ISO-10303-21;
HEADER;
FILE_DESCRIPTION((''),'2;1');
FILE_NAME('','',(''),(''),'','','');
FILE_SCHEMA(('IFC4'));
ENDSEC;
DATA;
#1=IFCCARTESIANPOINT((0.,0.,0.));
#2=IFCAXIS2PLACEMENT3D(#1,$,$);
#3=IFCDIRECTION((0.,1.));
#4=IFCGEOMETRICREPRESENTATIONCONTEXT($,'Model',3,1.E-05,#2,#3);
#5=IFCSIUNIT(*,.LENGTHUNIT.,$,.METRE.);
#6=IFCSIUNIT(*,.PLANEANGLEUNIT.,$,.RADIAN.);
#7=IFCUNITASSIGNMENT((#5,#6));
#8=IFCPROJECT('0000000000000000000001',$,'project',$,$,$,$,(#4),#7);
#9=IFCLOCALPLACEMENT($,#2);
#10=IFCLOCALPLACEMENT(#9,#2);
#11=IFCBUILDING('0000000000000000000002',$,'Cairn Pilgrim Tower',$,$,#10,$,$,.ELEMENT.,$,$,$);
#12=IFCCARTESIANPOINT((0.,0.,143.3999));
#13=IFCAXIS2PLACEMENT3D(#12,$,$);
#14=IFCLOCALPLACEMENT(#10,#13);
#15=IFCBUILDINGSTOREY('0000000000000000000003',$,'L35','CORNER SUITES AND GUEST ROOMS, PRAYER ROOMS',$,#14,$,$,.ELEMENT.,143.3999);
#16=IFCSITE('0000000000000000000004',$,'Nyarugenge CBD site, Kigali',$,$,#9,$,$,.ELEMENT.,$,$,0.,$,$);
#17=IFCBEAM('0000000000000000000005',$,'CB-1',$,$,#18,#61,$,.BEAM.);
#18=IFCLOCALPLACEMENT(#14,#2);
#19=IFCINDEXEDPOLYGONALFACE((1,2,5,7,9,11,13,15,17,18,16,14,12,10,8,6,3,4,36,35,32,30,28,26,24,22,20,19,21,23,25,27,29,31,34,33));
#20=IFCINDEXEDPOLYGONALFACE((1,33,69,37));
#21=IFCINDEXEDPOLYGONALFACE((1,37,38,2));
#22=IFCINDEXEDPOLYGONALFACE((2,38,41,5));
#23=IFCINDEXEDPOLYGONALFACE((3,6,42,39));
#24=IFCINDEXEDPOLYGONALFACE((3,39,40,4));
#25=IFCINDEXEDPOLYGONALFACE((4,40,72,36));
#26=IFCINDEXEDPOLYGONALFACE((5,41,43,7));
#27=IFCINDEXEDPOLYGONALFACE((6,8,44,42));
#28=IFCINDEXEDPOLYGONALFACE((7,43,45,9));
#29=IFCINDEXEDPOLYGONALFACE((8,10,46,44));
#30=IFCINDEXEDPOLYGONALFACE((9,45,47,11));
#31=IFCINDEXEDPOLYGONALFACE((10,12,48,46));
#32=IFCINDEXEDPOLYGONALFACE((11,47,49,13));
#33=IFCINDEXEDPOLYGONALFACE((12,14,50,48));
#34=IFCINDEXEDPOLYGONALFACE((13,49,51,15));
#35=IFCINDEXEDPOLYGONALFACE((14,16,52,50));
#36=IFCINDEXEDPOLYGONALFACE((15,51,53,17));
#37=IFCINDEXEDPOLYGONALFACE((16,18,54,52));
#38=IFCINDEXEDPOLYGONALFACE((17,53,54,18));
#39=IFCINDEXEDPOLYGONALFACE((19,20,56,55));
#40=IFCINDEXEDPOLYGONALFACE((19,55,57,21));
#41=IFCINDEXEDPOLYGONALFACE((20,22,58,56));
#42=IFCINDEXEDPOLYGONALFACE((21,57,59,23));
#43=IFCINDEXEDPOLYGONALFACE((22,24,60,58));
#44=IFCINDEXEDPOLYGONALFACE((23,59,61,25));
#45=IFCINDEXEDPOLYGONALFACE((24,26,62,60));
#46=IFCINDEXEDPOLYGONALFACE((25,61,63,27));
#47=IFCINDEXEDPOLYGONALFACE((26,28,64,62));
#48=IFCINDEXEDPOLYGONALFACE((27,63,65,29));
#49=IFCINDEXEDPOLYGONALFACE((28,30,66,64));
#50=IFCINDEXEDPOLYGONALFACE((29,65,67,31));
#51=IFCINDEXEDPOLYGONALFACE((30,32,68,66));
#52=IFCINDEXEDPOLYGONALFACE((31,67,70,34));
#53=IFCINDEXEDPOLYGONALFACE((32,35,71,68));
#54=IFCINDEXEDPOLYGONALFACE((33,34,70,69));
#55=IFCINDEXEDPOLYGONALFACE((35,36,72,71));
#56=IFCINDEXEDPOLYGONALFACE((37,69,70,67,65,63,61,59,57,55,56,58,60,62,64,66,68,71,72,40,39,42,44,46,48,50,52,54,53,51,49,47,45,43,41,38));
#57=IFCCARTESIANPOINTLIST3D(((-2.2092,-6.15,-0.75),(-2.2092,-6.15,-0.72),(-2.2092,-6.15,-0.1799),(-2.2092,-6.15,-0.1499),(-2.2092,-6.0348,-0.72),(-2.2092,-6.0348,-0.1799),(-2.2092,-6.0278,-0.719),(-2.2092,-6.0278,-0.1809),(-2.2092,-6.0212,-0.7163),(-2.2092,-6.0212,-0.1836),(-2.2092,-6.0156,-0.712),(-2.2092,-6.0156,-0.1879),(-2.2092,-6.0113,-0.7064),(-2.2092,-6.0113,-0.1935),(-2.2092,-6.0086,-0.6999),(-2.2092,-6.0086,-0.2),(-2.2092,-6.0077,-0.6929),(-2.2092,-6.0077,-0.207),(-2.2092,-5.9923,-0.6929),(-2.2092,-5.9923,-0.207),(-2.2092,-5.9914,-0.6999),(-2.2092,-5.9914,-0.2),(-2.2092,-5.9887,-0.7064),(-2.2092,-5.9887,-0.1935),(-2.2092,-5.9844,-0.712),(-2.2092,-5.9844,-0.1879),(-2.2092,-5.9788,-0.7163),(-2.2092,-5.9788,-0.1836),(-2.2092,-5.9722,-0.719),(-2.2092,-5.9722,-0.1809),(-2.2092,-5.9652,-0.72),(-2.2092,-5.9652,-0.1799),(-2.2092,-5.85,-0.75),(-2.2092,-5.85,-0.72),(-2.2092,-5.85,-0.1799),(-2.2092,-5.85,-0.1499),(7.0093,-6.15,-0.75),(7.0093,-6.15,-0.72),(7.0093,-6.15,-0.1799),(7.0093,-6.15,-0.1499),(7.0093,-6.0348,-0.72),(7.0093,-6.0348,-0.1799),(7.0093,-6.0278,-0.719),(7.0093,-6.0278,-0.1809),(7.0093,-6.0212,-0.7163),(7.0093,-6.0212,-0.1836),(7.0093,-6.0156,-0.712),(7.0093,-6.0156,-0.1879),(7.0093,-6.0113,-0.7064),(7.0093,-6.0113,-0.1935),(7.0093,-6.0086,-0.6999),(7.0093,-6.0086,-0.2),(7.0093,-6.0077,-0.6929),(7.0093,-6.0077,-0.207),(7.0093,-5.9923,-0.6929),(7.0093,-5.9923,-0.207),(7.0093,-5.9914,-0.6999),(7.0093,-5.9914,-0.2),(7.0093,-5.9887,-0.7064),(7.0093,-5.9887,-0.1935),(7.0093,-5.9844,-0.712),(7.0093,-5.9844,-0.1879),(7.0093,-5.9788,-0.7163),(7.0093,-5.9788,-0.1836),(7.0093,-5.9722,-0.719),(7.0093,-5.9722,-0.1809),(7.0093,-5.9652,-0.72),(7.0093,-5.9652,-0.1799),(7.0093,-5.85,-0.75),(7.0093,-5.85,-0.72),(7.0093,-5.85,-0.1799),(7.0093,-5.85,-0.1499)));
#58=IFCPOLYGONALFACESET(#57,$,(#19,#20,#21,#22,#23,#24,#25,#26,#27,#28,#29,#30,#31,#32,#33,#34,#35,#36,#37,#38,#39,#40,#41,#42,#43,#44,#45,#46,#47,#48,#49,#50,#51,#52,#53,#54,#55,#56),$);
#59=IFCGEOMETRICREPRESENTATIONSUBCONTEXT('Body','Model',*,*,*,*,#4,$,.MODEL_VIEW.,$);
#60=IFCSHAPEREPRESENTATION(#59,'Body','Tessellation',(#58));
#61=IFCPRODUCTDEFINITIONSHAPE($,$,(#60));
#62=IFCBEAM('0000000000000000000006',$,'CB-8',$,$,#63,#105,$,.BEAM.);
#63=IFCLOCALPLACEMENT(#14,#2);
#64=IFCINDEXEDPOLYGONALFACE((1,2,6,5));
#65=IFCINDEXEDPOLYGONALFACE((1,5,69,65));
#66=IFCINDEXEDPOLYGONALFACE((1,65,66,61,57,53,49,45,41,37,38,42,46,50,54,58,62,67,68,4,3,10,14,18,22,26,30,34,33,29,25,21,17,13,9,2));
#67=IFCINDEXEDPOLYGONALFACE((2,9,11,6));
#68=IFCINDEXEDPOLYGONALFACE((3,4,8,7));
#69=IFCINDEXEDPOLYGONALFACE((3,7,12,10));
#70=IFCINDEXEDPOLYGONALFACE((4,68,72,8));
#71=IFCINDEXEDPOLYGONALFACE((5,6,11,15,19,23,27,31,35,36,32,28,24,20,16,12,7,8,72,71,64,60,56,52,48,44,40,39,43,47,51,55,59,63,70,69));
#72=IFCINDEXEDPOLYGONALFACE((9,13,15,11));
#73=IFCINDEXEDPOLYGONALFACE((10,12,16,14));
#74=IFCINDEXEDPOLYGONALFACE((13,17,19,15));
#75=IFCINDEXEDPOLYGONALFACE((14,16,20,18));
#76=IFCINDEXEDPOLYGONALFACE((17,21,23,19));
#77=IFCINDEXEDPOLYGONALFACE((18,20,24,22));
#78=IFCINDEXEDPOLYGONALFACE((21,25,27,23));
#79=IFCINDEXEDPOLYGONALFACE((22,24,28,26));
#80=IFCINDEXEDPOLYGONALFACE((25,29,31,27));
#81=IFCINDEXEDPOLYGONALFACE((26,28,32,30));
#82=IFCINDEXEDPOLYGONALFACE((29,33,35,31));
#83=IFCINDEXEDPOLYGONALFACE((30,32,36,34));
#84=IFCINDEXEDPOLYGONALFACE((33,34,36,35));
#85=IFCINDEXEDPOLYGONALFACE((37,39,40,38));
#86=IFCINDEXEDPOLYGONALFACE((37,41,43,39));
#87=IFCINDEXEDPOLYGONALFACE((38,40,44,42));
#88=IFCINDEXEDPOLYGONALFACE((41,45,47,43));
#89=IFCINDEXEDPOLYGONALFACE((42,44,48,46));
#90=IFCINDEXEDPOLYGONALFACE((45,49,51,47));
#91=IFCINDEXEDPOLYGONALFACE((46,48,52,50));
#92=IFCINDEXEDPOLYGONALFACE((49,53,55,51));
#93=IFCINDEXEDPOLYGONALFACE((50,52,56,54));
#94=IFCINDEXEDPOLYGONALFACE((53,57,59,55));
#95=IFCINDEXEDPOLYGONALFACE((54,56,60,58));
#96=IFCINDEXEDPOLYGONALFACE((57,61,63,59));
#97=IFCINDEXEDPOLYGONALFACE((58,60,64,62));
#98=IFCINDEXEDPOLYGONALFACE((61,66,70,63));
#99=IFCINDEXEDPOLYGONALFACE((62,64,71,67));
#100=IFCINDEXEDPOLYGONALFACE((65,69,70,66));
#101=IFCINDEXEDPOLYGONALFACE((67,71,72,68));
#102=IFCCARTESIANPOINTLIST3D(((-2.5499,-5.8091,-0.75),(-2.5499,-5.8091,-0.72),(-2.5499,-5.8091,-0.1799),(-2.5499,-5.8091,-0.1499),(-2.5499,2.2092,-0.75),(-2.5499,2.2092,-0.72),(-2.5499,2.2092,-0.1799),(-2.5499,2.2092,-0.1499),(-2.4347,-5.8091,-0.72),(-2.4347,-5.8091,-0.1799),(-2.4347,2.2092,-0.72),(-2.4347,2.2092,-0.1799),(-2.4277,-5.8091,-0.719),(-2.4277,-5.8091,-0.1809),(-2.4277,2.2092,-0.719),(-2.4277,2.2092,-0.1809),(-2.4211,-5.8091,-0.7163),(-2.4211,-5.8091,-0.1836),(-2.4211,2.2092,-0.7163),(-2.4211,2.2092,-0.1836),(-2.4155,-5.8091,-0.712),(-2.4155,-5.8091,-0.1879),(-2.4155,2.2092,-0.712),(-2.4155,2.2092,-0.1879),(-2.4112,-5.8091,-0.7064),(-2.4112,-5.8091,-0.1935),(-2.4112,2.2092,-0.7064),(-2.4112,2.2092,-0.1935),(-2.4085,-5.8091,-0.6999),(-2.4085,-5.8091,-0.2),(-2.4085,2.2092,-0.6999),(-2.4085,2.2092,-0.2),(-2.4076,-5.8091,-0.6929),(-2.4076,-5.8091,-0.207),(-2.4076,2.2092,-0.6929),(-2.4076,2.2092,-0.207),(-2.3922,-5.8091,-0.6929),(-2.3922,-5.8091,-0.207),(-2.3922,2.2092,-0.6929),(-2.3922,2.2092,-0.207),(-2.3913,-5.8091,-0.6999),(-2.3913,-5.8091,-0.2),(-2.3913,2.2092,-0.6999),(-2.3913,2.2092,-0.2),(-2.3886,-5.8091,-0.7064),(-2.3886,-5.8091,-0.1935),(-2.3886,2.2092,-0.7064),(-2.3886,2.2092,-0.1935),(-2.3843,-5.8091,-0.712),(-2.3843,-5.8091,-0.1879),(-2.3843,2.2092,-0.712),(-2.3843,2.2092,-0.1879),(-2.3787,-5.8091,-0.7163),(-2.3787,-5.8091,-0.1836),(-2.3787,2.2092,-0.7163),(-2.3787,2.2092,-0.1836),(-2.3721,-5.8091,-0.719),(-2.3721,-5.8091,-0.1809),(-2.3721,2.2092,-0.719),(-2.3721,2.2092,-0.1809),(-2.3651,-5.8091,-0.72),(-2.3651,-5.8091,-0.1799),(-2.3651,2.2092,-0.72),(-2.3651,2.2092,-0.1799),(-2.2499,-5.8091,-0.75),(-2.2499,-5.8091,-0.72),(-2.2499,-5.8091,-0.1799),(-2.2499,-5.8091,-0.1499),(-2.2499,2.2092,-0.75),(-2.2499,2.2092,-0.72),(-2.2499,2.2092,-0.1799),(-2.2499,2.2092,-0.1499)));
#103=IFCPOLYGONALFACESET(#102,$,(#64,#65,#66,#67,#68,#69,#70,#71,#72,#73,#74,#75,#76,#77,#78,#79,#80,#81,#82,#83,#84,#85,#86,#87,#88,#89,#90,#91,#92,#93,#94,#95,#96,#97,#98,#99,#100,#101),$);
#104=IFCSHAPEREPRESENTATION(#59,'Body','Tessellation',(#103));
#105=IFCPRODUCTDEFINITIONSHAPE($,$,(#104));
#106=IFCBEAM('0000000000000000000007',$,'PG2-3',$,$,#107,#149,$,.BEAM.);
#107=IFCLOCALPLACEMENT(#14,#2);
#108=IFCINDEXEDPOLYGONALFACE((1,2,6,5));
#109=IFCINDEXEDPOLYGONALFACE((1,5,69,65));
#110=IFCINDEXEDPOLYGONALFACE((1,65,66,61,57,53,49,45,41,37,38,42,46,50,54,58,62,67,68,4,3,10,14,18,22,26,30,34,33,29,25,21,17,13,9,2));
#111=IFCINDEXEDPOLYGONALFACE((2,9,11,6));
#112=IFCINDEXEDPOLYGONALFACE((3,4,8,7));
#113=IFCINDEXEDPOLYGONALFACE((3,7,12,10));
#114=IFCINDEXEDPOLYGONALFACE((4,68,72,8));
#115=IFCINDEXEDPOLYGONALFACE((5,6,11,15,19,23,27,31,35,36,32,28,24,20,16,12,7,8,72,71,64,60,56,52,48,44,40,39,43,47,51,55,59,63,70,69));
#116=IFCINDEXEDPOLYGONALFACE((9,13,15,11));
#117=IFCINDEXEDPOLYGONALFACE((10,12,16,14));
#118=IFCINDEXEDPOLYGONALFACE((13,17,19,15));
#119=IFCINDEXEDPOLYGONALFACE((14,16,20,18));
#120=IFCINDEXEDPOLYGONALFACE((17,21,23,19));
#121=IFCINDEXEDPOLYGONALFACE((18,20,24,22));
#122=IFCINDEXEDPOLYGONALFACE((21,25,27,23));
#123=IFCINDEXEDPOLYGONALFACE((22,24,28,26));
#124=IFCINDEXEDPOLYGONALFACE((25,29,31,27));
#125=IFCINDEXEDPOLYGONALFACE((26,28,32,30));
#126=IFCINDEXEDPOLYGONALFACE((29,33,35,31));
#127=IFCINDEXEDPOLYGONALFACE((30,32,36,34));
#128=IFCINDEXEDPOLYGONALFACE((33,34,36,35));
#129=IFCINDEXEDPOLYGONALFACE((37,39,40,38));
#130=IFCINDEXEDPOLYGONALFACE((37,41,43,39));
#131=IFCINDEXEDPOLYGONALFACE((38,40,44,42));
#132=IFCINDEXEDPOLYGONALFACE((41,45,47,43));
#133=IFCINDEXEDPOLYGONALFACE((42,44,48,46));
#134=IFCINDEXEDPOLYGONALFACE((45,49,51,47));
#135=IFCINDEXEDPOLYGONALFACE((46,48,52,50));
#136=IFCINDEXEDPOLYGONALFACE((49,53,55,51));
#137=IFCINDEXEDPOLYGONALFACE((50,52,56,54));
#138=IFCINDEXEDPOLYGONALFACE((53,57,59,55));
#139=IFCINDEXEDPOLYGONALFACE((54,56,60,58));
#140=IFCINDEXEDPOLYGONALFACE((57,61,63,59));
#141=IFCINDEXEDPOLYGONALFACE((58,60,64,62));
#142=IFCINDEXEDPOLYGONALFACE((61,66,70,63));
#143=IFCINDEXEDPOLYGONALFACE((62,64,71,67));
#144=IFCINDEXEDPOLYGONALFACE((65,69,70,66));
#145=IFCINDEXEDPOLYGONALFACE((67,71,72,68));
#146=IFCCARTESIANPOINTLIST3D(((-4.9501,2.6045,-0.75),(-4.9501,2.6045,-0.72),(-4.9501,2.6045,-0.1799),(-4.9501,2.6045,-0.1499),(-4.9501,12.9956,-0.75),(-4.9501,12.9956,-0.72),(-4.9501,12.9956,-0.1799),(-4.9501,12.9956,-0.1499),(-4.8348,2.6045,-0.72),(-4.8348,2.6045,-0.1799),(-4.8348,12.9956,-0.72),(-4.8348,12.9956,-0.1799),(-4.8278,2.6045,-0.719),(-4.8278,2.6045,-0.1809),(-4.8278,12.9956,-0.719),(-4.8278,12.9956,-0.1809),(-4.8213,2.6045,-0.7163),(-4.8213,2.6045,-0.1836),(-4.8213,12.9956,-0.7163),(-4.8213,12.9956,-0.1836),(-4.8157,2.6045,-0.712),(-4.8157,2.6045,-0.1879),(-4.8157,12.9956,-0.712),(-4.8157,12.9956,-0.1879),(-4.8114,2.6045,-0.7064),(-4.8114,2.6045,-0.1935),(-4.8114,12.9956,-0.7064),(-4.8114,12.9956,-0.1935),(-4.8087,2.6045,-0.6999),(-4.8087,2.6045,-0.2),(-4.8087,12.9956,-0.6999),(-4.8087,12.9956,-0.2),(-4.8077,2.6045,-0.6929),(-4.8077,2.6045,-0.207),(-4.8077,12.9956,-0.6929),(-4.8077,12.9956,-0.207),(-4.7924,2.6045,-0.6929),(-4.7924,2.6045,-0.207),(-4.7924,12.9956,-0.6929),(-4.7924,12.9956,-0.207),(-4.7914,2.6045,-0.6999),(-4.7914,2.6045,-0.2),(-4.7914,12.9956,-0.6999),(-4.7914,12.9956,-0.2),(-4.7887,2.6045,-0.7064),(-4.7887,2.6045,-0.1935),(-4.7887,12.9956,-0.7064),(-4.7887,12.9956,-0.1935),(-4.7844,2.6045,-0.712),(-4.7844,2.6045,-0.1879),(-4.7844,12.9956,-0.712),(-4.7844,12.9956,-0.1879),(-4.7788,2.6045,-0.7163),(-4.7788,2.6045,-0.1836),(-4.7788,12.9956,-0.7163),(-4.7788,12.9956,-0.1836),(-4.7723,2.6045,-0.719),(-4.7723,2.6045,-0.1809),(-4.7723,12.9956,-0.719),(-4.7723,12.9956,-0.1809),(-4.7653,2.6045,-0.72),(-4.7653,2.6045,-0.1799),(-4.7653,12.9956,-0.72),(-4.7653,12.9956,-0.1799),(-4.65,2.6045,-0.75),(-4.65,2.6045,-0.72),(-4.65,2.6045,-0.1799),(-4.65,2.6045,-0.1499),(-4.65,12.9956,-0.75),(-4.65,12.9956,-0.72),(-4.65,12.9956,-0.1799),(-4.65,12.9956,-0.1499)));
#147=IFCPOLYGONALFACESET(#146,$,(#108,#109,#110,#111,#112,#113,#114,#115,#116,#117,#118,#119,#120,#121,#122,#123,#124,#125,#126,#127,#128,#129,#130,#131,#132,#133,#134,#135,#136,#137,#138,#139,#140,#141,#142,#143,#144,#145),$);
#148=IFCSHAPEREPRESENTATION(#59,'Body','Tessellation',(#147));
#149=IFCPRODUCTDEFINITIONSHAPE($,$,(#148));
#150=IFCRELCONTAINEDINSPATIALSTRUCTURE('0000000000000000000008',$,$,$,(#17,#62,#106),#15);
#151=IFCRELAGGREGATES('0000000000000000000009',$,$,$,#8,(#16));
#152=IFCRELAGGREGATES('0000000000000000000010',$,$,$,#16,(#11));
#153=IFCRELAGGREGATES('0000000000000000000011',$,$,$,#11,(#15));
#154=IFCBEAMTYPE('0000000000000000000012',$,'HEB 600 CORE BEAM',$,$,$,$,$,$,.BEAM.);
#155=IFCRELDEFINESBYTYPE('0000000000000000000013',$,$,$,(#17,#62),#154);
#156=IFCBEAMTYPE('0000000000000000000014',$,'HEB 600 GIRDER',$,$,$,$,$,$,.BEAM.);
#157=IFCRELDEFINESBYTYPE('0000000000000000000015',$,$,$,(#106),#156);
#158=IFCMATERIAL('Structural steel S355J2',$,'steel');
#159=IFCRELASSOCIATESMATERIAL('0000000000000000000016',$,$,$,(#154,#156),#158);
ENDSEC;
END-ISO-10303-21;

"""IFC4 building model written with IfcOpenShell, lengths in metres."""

from ifc_helpers import new_model, si_unit, direction, frame, origin, origin_2d, place, context, subcontext, project, spatial, i_section, extrude, material, material_profile, profile_set, type_object, element, save


model = new_model("IFC4")

# Units and contexts
model_context = context("Model", 3, precision=1e-05, world=origin(), true_north=direction((0.0, 1.0)))
body_context = subcontext(model_context, "Body", "Model", "MODEL_VIEW")
ifc_project = project(units=[si_unit("LENGTHUNIT", "METRE"), si_unit("PLANEANGLEUNIT", "RADIAN")], contexts=[model_context])

# Site, building, storey
site_placement = place(None, origin())
site = spatial("IfcSite", under=ifc_project, at=site_placement, Name="Nyarugenge CBD site, Kigali", CompositionType="ELEMENT", RefElevation=0.0)
building_placement = place(site_placement, origin())
building = spatial("IfcBuilding", under=site, at=building_placement, Name="Cairn Pilgrim Tower", CompositionType="ELEMENT")
storey_placement = place(building_placement, frame((0.0, 0.0, 143.3999)))
storey = spatial("IfcBuildingStorey", under=building, at=storey_placement, Name="L35", Description="CORNER SUITES AND GUEST ROOMS, PRAYER ROOMS", CompositionType="ELEMENT", Elevation=143.3999)

# Beams
ifc_material_1 = material(Name="Structural steel S355J2", Category="steel")
ifc_material_profile_1 = material_profile(ifc_material_1, i_section(OverallWidth=0.3, OverallDepth=0.6001, WebThickness=0.0154, FlangeThickness=0.03, FilletRadius=0.0271, at=origin_2d()), Name="HEB 600")
ifc_profile_set_1 = profile_set([ifc_material_profile_1], Name="Structural steel S355J2")
beam_type_1 = type_object("IfcBeamType", Name="HEB 600 CORE BEAM", PredefinedType="BEAM", material=ifc_profile_set_1)
beam_1_placement = place(storey_placement, frame((-2.2092, -6.0, -0.45), z_axis=(1.0, 0.0, 0.0), x_axis=(0.0, 1.0, 0.0)))
element("IfcBeam", 1, at=beam_1_placement, inside=storey, type_object=beam_type_1, Name="CB-1", PredefinedType="BEAM", context=body_context, shape_type="SweptSolid", body=[
    extrude(i_section(OverallWidth=0.3, OverallDepth=0.6001, WebThickness=0.0154, FlangeThickness=0.03, FilletRadius=0.0271, at=origin_2d()), origin(), (0.0, 0.0, 1.0), 9.2185),
])
beam_2_placement = place(storey_placement, frame((-2.3999, 2.2092, -0.45), z_axis=(0.0, -1.0, 0.0), x_axis=(1.0, 0.0, 0.0)))
element("IfcBeam", 2, at=beam_2_placement, inside=storey, type_object=beam_type_1, Name="CB-8", PredefinedType="BEAM", context=body_context, shape_type="SweptSolid", body=[
    extrude(i_section(OverallWidth=0.3, OverallDepth=0.6001, WebThickness=0.0154, FlangeThickness=0.03, FilletRadius=0.0271, at=origin_2d()), origin(), (0.0, 0.0, 1.0), 8.0183),
])
ifc_material_profile_2 = material_profile(ifc_material_1, i_section(OverallWidth=0.3, OverallDepth=0.6001, WebThickness=0.0154, FlangeThickness=0.03, FilletRadius=0.0271, at=origin_2d()), Name="HEB 600")
ifc_profile_set_2 = profile_set([ifc_material_profile_2], Name="Structural steel S355J2")
beam_type_2 = type_object("IfcBeamType", Name="HEB 600 GIRDER", PredefinedType="BEAM", material=ifc_profile_set_2)
beam_3_placement = place(storey_placement, frame((-4.8, 2.6045, -0.45), z_axis=(0.0, 1.0, 0.0), x_axis=(-1.0, 0.0, 0.0)))
element("IfcBeam", 3, at=beam_3_placement, inside=storey, type_object=beam_type_2, Name="PG2-3", PredefinedType="BEAM", context=body_context, shape_type="SweptSolid", body=[
    extrude(i_section(OverallWidth=0.3, OverallDepth=0.6001, WebThickness=0.0154, FlangeThickness=0.03, FilletRadius=0.0271, at=origin_2d()), origin(), (0.0, 0.0, 1.0), 10.3911),
])

save(model, "model.ifc")
